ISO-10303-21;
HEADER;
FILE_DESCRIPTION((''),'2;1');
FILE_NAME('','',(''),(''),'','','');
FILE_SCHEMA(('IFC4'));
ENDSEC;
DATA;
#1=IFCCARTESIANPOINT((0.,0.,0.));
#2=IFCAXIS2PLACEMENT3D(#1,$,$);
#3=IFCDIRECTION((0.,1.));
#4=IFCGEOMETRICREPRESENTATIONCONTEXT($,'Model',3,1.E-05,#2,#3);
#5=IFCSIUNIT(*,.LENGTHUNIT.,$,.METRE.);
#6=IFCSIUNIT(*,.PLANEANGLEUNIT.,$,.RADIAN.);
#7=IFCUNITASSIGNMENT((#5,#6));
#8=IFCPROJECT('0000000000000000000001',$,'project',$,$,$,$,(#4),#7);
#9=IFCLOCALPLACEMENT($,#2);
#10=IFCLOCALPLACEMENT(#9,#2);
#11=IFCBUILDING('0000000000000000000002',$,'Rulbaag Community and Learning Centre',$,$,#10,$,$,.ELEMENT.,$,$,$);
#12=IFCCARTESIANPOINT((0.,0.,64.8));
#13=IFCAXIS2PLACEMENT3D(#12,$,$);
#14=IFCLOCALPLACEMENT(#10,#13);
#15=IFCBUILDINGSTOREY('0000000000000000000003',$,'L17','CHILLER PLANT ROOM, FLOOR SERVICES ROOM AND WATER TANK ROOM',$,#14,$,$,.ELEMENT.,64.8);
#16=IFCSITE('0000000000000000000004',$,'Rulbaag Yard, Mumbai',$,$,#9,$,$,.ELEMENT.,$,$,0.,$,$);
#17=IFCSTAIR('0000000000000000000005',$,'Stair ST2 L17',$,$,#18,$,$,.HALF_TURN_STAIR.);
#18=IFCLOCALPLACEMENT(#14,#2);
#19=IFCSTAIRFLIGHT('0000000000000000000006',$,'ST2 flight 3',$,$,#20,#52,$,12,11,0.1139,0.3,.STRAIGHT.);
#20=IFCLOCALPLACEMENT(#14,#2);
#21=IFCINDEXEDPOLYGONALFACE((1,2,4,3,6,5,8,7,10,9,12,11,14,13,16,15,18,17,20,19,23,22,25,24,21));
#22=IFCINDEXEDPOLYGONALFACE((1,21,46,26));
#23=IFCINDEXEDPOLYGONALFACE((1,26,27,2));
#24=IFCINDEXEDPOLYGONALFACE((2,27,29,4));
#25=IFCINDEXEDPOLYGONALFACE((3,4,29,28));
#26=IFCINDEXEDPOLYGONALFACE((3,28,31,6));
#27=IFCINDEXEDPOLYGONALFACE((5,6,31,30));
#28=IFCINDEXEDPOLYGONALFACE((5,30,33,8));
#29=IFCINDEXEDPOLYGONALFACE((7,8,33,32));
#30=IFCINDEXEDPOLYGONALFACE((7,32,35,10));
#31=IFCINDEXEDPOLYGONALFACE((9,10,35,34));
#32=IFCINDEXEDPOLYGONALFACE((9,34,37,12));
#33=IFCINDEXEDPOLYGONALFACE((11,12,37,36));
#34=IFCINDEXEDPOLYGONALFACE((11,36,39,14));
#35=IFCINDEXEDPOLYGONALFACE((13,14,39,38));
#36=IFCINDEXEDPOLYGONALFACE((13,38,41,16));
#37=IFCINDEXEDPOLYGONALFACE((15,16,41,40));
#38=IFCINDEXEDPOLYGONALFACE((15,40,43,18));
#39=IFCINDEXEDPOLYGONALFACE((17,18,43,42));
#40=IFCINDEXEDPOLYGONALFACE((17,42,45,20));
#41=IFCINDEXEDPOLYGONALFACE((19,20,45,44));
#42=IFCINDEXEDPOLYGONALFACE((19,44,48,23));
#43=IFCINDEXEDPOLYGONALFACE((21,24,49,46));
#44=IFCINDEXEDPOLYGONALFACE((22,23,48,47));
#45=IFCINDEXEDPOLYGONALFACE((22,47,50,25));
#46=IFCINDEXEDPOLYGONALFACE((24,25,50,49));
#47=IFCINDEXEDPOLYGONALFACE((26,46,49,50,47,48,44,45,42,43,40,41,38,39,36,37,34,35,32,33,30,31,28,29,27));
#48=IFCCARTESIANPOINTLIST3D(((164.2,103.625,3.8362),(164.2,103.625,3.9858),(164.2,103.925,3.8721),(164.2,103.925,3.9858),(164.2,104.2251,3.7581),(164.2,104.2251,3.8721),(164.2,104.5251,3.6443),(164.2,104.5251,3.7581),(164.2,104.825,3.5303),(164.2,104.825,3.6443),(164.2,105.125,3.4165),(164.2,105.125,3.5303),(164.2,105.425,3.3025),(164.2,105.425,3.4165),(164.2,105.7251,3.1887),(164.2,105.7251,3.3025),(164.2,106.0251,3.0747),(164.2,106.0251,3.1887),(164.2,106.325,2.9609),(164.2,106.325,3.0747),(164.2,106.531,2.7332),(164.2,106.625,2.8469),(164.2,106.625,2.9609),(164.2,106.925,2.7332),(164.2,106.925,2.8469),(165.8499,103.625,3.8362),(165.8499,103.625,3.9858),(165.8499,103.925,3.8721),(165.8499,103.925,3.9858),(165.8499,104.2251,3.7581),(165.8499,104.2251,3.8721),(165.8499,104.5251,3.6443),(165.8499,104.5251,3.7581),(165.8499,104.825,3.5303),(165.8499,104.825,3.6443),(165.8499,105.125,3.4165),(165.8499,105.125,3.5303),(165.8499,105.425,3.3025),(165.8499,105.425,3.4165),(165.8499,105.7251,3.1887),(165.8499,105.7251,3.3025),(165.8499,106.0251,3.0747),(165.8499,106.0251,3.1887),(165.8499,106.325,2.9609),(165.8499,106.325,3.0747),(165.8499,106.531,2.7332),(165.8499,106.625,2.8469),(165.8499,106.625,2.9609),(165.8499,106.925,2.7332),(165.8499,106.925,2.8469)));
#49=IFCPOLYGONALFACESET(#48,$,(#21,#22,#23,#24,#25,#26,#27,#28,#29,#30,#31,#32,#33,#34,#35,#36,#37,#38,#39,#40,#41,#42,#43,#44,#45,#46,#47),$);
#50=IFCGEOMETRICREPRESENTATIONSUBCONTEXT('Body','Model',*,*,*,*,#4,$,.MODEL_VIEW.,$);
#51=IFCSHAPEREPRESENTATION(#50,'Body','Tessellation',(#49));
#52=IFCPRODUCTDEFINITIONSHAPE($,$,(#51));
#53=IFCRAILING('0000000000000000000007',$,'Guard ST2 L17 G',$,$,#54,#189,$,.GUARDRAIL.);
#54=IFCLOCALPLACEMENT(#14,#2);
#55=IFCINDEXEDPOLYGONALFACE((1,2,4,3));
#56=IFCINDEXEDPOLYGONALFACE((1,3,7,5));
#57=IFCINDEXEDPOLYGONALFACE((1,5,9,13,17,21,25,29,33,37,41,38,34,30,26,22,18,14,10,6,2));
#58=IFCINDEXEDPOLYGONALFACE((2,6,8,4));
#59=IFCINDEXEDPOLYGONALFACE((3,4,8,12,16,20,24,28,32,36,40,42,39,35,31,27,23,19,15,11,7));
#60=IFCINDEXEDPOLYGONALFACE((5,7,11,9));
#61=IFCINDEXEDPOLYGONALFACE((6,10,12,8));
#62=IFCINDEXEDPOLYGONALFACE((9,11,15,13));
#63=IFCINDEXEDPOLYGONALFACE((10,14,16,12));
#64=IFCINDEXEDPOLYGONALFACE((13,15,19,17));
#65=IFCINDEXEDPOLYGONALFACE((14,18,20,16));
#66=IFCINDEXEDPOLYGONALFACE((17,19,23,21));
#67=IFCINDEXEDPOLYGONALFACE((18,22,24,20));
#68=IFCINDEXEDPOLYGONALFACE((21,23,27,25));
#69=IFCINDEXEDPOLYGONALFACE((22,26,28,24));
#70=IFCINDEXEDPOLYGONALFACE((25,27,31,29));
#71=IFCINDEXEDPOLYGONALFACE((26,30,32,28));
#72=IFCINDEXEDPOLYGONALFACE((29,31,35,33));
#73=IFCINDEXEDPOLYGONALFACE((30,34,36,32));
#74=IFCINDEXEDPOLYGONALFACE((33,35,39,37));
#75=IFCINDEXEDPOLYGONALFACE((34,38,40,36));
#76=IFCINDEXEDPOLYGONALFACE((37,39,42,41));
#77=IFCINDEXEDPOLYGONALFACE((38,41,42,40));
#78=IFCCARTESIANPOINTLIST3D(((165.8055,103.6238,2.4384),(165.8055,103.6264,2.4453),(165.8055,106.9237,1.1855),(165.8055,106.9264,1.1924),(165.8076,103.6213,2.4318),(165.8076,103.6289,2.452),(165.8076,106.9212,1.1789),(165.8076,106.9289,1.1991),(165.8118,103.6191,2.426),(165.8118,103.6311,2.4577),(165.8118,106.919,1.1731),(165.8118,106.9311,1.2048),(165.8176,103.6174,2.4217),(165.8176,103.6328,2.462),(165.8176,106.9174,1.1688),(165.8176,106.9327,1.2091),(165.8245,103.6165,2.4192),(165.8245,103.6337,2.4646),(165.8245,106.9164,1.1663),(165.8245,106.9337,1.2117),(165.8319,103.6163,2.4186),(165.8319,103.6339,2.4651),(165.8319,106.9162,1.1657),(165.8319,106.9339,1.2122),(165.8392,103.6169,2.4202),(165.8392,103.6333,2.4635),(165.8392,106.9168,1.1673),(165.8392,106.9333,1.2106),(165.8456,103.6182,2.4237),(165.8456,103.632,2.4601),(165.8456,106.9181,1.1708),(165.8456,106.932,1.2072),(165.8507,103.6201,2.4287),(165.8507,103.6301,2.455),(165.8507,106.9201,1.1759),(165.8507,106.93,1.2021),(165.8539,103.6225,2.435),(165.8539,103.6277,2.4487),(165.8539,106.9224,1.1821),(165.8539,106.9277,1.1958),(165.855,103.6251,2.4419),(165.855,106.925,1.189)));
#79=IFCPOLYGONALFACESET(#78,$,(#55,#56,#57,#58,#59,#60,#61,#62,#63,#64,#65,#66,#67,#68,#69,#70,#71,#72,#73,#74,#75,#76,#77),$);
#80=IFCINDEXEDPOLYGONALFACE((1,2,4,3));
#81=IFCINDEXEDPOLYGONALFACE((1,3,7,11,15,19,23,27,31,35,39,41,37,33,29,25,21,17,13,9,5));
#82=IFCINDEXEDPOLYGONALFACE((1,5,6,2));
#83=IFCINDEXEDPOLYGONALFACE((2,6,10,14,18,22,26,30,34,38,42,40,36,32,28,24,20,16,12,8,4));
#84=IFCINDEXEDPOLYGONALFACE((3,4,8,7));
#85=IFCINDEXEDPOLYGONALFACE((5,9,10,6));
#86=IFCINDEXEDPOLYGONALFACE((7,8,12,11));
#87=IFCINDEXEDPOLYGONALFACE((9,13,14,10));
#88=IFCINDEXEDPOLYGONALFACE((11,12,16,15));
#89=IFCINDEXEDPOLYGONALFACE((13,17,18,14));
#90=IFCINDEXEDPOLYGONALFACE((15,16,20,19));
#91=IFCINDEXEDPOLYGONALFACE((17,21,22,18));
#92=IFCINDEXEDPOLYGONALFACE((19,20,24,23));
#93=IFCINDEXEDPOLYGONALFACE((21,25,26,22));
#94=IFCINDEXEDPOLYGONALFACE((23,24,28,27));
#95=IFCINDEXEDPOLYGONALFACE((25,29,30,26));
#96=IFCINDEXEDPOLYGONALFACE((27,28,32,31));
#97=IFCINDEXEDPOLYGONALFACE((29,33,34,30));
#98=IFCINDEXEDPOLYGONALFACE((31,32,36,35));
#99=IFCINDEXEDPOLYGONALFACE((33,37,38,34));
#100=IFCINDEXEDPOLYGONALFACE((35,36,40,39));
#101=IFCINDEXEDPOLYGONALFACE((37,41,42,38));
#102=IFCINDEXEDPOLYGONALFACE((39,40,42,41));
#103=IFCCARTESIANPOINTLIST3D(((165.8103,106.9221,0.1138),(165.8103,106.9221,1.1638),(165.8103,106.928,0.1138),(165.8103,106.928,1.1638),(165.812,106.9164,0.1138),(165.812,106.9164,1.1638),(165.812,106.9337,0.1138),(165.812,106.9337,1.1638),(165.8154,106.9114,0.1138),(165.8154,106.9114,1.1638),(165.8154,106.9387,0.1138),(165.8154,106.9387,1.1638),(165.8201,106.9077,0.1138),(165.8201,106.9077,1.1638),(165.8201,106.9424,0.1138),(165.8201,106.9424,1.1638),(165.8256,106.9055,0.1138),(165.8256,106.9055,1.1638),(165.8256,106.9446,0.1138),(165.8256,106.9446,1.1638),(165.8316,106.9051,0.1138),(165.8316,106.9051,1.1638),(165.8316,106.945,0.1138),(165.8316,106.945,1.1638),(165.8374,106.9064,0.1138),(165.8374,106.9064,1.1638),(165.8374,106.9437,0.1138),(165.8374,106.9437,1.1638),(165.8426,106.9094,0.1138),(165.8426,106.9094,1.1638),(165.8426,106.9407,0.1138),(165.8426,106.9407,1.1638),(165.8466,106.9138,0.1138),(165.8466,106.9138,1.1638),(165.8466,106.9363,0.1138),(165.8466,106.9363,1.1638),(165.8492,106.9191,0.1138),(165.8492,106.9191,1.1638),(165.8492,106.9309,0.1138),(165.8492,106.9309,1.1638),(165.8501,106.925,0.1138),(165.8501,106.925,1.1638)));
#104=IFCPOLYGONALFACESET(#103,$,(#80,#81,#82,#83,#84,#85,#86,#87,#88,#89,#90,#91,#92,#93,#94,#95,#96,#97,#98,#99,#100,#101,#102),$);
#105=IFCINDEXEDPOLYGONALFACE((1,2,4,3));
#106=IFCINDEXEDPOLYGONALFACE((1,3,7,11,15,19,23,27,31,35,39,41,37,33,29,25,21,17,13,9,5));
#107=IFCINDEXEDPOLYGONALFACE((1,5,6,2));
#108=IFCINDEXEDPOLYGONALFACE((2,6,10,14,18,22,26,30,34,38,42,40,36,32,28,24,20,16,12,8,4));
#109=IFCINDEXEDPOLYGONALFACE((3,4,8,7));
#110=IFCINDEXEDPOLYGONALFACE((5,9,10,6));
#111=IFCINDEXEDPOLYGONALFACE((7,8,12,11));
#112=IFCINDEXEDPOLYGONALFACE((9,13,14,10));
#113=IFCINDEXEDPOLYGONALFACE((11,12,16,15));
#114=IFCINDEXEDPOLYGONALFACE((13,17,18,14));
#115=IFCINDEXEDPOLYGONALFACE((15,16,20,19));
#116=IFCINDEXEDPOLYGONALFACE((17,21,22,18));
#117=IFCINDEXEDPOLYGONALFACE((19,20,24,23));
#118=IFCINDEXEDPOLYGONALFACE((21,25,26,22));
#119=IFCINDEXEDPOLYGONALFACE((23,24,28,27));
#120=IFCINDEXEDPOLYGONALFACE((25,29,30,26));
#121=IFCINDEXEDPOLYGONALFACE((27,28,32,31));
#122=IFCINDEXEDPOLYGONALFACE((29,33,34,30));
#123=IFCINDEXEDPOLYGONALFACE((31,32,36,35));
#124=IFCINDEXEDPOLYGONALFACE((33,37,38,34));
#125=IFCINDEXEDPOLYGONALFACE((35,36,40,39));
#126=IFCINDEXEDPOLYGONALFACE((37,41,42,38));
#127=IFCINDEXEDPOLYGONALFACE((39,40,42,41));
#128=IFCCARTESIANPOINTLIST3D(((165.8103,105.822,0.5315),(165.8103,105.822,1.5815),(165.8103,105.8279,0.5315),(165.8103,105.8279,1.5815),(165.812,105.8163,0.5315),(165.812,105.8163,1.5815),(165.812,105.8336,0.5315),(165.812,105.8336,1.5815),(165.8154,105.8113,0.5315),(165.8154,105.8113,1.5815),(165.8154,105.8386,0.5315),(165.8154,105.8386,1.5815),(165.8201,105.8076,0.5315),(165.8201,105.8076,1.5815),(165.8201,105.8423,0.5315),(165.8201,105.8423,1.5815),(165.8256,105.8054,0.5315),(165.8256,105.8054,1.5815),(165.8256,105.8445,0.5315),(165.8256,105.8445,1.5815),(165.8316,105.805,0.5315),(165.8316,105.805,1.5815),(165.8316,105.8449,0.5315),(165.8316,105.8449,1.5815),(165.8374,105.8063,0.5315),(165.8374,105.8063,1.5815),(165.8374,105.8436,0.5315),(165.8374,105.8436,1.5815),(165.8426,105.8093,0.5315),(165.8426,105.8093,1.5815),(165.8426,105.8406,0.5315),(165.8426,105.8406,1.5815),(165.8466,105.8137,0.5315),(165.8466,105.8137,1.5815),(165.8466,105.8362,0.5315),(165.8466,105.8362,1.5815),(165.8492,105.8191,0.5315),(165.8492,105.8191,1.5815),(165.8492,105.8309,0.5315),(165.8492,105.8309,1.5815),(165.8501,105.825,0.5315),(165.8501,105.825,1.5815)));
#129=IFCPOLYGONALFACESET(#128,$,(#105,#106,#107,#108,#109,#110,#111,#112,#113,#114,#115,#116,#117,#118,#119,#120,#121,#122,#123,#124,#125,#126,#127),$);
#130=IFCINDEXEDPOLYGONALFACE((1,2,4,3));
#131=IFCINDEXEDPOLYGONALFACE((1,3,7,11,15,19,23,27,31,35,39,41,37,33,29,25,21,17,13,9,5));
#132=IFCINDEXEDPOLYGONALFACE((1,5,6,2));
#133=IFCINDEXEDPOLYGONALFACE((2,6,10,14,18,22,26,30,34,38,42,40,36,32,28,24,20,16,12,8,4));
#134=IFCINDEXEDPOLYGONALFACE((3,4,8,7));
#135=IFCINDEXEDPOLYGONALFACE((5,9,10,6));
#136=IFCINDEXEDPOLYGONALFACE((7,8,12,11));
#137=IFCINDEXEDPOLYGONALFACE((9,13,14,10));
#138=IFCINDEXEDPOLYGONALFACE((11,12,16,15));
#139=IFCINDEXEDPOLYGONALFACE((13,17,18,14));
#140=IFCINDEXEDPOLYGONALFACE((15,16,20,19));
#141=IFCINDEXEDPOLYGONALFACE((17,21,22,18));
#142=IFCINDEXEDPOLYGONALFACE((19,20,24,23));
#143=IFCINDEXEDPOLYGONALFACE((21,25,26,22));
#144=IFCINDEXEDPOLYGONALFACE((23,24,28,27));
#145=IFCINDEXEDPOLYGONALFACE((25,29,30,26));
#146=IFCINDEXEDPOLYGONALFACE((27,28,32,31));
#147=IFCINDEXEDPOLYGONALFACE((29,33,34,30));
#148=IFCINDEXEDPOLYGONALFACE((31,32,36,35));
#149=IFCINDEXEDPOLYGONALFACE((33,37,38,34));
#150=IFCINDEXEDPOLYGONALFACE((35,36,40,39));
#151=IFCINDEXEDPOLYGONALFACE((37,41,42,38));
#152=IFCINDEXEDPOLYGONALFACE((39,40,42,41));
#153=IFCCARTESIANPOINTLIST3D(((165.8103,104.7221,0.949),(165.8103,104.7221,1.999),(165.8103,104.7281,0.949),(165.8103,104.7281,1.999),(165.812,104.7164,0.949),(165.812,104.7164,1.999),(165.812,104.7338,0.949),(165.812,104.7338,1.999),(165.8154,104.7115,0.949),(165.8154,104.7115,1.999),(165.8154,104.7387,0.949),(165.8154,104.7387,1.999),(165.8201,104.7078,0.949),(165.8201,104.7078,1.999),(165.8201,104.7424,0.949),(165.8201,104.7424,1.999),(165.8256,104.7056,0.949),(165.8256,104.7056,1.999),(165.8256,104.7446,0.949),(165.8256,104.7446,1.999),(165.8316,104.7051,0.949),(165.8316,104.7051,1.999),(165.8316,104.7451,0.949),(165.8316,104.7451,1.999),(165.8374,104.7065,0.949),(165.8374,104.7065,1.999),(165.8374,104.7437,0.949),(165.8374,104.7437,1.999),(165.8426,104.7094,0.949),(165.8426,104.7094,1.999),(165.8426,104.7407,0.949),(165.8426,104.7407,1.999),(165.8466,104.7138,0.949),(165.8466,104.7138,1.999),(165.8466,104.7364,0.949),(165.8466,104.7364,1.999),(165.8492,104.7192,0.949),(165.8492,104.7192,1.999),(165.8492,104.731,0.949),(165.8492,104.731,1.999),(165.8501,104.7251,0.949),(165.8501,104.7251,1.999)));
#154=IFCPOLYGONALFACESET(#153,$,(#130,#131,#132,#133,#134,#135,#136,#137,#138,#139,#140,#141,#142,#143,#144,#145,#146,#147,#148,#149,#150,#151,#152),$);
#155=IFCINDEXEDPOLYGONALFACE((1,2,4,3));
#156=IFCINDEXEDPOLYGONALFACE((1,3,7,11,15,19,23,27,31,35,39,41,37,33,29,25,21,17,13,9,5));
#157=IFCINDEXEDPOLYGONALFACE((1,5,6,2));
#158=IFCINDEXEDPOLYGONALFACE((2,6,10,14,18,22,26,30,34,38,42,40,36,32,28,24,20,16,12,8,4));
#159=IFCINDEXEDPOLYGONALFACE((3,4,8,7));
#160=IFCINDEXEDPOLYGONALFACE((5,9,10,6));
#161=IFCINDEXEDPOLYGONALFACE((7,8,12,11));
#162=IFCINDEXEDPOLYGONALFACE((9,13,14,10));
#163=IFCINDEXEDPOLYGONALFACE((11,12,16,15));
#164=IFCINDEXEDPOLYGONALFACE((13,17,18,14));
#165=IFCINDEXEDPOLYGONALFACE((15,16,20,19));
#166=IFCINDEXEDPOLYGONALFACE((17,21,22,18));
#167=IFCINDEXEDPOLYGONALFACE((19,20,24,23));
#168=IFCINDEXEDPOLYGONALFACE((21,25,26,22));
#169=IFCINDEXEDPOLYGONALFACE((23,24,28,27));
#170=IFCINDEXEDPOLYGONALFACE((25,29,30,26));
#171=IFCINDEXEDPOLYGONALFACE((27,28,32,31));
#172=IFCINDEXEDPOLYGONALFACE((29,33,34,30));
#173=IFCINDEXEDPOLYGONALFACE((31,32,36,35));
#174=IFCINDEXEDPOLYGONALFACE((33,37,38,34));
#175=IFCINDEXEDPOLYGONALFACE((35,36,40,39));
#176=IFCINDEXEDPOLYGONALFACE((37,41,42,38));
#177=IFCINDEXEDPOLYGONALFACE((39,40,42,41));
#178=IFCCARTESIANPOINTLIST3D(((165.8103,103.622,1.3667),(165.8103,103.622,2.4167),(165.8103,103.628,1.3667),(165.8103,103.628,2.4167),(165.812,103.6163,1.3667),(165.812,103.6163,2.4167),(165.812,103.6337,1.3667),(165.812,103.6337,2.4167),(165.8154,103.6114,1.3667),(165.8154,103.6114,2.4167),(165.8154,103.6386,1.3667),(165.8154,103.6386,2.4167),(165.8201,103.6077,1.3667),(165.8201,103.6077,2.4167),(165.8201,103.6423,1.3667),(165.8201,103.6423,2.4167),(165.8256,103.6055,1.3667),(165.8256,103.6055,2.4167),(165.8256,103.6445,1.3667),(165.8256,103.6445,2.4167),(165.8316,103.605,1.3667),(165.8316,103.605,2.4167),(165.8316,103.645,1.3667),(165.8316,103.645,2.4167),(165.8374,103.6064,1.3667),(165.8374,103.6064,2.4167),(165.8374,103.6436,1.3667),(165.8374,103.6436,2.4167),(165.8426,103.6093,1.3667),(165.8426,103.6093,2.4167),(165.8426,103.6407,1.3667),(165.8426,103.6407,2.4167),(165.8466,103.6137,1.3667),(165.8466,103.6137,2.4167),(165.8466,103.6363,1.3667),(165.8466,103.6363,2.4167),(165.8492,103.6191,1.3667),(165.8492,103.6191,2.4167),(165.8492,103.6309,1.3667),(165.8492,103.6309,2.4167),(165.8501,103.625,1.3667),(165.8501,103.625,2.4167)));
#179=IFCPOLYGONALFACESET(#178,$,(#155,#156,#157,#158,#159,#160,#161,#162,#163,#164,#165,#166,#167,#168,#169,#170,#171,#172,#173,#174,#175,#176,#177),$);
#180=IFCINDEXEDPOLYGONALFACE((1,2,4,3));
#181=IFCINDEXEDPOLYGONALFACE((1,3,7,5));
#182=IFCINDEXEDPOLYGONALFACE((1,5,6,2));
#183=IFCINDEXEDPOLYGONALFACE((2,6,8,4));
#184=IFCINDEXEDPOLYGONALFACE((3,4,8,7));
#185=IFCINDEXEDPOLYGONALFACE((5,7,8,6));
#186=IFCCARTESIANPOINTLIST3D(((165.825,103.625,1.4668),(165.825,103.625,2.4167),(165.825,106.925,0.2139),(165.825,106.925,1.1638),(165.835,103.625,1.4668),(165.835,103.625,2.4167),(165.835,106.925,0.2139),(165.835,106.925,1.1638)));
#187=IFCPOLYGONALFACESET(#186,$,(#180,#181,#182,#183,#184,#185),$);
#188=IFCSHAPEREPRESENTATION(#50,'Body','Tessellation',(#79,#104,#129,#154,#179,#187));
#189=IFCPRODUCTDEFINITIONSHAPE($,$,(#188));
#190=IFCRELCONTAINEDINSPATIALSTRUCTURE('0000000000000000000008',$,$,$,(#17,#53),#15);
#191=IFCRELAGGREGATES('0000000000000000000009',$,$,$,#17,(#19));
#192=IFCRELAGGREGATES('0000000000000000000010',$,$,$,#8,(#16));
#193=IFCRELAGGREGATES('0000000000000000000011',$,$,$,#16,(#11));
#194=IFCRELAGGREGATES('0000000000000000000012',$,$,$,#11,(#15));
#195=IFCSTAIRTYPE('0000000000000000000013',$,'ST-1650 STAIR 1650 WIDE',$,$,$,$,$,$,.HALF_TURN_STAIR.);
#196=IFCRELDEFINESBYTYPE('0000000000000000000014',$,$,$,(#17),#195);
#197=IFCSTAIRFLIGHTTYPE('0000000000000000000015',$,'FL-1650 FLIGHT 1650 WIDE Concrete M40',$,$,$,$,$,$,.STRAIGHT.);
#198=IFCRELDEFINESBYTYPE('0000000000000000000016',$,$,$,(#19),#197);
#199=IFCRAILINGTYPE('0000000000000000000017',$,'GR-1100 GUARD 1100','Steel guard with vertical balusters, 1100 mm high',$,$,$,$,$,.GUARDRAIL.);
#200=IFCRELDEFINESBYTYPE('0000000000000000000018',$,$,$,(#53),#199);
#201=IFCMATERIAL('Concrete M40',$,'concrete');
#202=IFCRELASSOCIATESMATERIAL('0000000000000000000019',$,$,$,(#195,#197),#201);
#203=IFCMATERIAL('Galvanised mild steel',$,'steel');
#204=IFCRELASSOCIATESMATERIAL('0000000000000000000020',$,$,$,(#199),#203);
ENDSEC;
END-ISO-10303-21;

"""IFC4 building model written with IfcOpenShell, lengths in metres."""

from ifc_helpers import new_model, si_unit, direction, frame, origin, origin_2d, place, context, subcontext, project, spatial, polyline, circle, outline, extrude, material, type_object, element, aggregate, save


model = new_model("IFC4")

# Units and contexts
model_context = context("Model", 3, precision=1e-05, world=origin(), true_north=direction((0.0, 1.0)))
body_context = subcontext(model_context, "Body", "Model", "MODEL_VIEW")
ifc_project = project(units=[si_unit("LENGTHUNIT", "METRE"), si_unit("PLANEANGLEUNIT", "RADIAN")], contexts=[model_context])

# Site, building, storey
site_placement = place(None, origin())
site = spatial("IfcSite", under=ifc_project, at=site_placement, Name="Rulbaag Yard, Mumbai", CompositionType="ELEMENT", RefElevation=0.0)
building_placement = place(site_placement, origin())
building = spatial("IfcBuilding", under=site, at=building_placement, Name="Rulbaag Community and Learning Centre", CompositionType="ELEMENT")
storey_placement = place(building_placement, frame((0.0, 0.0, 64.8)))
storey = spatial("IfcBuildingStorey", under=building, at=storey_placement, Name="L17", Description="CHILLER PLANT ROOM, FLOOR SERVICES ROOM AND WATER TANK ROOM", CompositionType="ELEMENT", Elevation=64.8)

# Shared definitions
ifc_material_1 = material(Name="Concrete M40", Category="concrete")

# Stair, stair flight
stair_type = type_object("IfcStairType", Name="ST-1650 STAIR 1650 WIDE", PredefinedType="HALF_TURN_STAIR", material=ifc_material_1)
stair_placement = place(storey_placement, origin())
stair = element("IfcStair", 1, at=stair_placement, inside=storey, type_object=stair_type, Name="Stair ST2 L17", PredefinedType="HALF_TURN_STAIR")
stair_flight_type = type_object("IfcStairFlightType", Name="FL-1650 FLIGHT 1650 WIDE Concrete M40", PredefinedType="STRAIGHT", material=ifc_material_1)
stair_flight_1_placement = place(storey_placement, frame((165.0249, 106.925, 2.7332), z_axis=(0.0, 0.0, 1.0), x_axis=(0.0, -1.0, 0.0)))
stair_flight_1 = element("IfcStairFlight", 2, at=stair_flight_1_placement, type_object=stair_flight_type, Name="ST2 flight 3", NumberOfRisers=12, NumberOfTreads=11, PredefinedType="STRAIGHT", RiserHeight=0.1139, TreadLength=0.3, context=body_context, shape_type="SweptSolid", body=[
    extrude(outline(polyline([(0.0, 0.0), (0.0, 0.1138), (0.3, 0.1138), (0.3, 0.2278), (0.6001, 0.2278), (0.6001, 0.3416), (0.8999, 0.3416), (0.8999, 0.4556), (1.2, 0.4556), (1.2, 0.5693), (1.5, 0.5693), (1.5, 0.6833), (1.8, 0.6833), (1.8, 0.7971), (2.1001, 0.7971), (2.1001, 0.9111), (2.3999, 0.9111), (2.3999, 1.0249), (2.7, 1.0249), (2.7, 1.1389), (3.0, 1.1389), (3.0, 1.2527), (3.3, 1.2527), (3.3, 1.103), (0.394, 0.0), (0.0, 0.0)])), frame((0.0, 0.825, 0.0), z_axis=(0.0, -1.0, 0.0), x_axis=(1.0, 0.0, 0.0)), (0.0, 0.0, 1.0), 1.6499),
])
aggregate(stair, [stair_flight_1])

# Railing
ifc_material_2 = material(Name="Galvanised mild steel", Category="steel")
railing_type = type_object("IfcRailingType", Name="GR-1100 GUARD 1100", Description="Steel guard with vertical balusters, 1100 mm high", PredefinedType="GUARDRAIL", material=ifc_material_2)
railing_1_placement = place(storey_placement, frame((165.8301, 106.925, 0.1138)))
element("IfcRailing", 3, at=railing_1_placement, inside=storey, type_object=railing_type, Name="Guard ST2 L17 G", PredefinedType="GUARDRAIL", context=body_context, shape_type="SweptSolid", body=[
    extrude(circle(Radius=0.0249, at=origin_2d()), frame((0.0, 0.0, 1.0752), z_axis=(0.0, -0.934886, 0.354948), x_axis=(1.0, 0.0, 0.0)), (0.0, 0.0, 1.0), 3.5298),
    extrude(circle(Radius=0.02, at=origin_2d()), origin(), (0.0, 0.0, 1.0), 1.05),
    extrude(circle(Radius=0.02, at=origin_2d()), frame((0.0, -1.1001, 0.4177)), (0.0, 0.0, 1.0), 1.05),
    extrude(circle(Radius=0.02, at=origin_2d()), frame((0.0, -2.2, 0.8352)), (0.0, 0.0, 1.0), 1.05),
    extrude(circle(Radius=0.02, at=origin_2d()), frame((0.0, -3.3, 1.2529)), (0.0, 0.0, 1.0), 1.05),
    extrude(outline(polyline([(0.0, 0.0), (3.3, 1.2529), (3.3, 2.2029), (0.0, 0.95), (0.0, 0.0)])), frame((0.0049, 0.0, 0.1001), z_axis=(-1.0, 0.0, 0.0), x_axis=(0.0, -1.0, 0.0)), (0.0, 0.0, 1.0), 0.01),
])

save(model, "model.ifc")
